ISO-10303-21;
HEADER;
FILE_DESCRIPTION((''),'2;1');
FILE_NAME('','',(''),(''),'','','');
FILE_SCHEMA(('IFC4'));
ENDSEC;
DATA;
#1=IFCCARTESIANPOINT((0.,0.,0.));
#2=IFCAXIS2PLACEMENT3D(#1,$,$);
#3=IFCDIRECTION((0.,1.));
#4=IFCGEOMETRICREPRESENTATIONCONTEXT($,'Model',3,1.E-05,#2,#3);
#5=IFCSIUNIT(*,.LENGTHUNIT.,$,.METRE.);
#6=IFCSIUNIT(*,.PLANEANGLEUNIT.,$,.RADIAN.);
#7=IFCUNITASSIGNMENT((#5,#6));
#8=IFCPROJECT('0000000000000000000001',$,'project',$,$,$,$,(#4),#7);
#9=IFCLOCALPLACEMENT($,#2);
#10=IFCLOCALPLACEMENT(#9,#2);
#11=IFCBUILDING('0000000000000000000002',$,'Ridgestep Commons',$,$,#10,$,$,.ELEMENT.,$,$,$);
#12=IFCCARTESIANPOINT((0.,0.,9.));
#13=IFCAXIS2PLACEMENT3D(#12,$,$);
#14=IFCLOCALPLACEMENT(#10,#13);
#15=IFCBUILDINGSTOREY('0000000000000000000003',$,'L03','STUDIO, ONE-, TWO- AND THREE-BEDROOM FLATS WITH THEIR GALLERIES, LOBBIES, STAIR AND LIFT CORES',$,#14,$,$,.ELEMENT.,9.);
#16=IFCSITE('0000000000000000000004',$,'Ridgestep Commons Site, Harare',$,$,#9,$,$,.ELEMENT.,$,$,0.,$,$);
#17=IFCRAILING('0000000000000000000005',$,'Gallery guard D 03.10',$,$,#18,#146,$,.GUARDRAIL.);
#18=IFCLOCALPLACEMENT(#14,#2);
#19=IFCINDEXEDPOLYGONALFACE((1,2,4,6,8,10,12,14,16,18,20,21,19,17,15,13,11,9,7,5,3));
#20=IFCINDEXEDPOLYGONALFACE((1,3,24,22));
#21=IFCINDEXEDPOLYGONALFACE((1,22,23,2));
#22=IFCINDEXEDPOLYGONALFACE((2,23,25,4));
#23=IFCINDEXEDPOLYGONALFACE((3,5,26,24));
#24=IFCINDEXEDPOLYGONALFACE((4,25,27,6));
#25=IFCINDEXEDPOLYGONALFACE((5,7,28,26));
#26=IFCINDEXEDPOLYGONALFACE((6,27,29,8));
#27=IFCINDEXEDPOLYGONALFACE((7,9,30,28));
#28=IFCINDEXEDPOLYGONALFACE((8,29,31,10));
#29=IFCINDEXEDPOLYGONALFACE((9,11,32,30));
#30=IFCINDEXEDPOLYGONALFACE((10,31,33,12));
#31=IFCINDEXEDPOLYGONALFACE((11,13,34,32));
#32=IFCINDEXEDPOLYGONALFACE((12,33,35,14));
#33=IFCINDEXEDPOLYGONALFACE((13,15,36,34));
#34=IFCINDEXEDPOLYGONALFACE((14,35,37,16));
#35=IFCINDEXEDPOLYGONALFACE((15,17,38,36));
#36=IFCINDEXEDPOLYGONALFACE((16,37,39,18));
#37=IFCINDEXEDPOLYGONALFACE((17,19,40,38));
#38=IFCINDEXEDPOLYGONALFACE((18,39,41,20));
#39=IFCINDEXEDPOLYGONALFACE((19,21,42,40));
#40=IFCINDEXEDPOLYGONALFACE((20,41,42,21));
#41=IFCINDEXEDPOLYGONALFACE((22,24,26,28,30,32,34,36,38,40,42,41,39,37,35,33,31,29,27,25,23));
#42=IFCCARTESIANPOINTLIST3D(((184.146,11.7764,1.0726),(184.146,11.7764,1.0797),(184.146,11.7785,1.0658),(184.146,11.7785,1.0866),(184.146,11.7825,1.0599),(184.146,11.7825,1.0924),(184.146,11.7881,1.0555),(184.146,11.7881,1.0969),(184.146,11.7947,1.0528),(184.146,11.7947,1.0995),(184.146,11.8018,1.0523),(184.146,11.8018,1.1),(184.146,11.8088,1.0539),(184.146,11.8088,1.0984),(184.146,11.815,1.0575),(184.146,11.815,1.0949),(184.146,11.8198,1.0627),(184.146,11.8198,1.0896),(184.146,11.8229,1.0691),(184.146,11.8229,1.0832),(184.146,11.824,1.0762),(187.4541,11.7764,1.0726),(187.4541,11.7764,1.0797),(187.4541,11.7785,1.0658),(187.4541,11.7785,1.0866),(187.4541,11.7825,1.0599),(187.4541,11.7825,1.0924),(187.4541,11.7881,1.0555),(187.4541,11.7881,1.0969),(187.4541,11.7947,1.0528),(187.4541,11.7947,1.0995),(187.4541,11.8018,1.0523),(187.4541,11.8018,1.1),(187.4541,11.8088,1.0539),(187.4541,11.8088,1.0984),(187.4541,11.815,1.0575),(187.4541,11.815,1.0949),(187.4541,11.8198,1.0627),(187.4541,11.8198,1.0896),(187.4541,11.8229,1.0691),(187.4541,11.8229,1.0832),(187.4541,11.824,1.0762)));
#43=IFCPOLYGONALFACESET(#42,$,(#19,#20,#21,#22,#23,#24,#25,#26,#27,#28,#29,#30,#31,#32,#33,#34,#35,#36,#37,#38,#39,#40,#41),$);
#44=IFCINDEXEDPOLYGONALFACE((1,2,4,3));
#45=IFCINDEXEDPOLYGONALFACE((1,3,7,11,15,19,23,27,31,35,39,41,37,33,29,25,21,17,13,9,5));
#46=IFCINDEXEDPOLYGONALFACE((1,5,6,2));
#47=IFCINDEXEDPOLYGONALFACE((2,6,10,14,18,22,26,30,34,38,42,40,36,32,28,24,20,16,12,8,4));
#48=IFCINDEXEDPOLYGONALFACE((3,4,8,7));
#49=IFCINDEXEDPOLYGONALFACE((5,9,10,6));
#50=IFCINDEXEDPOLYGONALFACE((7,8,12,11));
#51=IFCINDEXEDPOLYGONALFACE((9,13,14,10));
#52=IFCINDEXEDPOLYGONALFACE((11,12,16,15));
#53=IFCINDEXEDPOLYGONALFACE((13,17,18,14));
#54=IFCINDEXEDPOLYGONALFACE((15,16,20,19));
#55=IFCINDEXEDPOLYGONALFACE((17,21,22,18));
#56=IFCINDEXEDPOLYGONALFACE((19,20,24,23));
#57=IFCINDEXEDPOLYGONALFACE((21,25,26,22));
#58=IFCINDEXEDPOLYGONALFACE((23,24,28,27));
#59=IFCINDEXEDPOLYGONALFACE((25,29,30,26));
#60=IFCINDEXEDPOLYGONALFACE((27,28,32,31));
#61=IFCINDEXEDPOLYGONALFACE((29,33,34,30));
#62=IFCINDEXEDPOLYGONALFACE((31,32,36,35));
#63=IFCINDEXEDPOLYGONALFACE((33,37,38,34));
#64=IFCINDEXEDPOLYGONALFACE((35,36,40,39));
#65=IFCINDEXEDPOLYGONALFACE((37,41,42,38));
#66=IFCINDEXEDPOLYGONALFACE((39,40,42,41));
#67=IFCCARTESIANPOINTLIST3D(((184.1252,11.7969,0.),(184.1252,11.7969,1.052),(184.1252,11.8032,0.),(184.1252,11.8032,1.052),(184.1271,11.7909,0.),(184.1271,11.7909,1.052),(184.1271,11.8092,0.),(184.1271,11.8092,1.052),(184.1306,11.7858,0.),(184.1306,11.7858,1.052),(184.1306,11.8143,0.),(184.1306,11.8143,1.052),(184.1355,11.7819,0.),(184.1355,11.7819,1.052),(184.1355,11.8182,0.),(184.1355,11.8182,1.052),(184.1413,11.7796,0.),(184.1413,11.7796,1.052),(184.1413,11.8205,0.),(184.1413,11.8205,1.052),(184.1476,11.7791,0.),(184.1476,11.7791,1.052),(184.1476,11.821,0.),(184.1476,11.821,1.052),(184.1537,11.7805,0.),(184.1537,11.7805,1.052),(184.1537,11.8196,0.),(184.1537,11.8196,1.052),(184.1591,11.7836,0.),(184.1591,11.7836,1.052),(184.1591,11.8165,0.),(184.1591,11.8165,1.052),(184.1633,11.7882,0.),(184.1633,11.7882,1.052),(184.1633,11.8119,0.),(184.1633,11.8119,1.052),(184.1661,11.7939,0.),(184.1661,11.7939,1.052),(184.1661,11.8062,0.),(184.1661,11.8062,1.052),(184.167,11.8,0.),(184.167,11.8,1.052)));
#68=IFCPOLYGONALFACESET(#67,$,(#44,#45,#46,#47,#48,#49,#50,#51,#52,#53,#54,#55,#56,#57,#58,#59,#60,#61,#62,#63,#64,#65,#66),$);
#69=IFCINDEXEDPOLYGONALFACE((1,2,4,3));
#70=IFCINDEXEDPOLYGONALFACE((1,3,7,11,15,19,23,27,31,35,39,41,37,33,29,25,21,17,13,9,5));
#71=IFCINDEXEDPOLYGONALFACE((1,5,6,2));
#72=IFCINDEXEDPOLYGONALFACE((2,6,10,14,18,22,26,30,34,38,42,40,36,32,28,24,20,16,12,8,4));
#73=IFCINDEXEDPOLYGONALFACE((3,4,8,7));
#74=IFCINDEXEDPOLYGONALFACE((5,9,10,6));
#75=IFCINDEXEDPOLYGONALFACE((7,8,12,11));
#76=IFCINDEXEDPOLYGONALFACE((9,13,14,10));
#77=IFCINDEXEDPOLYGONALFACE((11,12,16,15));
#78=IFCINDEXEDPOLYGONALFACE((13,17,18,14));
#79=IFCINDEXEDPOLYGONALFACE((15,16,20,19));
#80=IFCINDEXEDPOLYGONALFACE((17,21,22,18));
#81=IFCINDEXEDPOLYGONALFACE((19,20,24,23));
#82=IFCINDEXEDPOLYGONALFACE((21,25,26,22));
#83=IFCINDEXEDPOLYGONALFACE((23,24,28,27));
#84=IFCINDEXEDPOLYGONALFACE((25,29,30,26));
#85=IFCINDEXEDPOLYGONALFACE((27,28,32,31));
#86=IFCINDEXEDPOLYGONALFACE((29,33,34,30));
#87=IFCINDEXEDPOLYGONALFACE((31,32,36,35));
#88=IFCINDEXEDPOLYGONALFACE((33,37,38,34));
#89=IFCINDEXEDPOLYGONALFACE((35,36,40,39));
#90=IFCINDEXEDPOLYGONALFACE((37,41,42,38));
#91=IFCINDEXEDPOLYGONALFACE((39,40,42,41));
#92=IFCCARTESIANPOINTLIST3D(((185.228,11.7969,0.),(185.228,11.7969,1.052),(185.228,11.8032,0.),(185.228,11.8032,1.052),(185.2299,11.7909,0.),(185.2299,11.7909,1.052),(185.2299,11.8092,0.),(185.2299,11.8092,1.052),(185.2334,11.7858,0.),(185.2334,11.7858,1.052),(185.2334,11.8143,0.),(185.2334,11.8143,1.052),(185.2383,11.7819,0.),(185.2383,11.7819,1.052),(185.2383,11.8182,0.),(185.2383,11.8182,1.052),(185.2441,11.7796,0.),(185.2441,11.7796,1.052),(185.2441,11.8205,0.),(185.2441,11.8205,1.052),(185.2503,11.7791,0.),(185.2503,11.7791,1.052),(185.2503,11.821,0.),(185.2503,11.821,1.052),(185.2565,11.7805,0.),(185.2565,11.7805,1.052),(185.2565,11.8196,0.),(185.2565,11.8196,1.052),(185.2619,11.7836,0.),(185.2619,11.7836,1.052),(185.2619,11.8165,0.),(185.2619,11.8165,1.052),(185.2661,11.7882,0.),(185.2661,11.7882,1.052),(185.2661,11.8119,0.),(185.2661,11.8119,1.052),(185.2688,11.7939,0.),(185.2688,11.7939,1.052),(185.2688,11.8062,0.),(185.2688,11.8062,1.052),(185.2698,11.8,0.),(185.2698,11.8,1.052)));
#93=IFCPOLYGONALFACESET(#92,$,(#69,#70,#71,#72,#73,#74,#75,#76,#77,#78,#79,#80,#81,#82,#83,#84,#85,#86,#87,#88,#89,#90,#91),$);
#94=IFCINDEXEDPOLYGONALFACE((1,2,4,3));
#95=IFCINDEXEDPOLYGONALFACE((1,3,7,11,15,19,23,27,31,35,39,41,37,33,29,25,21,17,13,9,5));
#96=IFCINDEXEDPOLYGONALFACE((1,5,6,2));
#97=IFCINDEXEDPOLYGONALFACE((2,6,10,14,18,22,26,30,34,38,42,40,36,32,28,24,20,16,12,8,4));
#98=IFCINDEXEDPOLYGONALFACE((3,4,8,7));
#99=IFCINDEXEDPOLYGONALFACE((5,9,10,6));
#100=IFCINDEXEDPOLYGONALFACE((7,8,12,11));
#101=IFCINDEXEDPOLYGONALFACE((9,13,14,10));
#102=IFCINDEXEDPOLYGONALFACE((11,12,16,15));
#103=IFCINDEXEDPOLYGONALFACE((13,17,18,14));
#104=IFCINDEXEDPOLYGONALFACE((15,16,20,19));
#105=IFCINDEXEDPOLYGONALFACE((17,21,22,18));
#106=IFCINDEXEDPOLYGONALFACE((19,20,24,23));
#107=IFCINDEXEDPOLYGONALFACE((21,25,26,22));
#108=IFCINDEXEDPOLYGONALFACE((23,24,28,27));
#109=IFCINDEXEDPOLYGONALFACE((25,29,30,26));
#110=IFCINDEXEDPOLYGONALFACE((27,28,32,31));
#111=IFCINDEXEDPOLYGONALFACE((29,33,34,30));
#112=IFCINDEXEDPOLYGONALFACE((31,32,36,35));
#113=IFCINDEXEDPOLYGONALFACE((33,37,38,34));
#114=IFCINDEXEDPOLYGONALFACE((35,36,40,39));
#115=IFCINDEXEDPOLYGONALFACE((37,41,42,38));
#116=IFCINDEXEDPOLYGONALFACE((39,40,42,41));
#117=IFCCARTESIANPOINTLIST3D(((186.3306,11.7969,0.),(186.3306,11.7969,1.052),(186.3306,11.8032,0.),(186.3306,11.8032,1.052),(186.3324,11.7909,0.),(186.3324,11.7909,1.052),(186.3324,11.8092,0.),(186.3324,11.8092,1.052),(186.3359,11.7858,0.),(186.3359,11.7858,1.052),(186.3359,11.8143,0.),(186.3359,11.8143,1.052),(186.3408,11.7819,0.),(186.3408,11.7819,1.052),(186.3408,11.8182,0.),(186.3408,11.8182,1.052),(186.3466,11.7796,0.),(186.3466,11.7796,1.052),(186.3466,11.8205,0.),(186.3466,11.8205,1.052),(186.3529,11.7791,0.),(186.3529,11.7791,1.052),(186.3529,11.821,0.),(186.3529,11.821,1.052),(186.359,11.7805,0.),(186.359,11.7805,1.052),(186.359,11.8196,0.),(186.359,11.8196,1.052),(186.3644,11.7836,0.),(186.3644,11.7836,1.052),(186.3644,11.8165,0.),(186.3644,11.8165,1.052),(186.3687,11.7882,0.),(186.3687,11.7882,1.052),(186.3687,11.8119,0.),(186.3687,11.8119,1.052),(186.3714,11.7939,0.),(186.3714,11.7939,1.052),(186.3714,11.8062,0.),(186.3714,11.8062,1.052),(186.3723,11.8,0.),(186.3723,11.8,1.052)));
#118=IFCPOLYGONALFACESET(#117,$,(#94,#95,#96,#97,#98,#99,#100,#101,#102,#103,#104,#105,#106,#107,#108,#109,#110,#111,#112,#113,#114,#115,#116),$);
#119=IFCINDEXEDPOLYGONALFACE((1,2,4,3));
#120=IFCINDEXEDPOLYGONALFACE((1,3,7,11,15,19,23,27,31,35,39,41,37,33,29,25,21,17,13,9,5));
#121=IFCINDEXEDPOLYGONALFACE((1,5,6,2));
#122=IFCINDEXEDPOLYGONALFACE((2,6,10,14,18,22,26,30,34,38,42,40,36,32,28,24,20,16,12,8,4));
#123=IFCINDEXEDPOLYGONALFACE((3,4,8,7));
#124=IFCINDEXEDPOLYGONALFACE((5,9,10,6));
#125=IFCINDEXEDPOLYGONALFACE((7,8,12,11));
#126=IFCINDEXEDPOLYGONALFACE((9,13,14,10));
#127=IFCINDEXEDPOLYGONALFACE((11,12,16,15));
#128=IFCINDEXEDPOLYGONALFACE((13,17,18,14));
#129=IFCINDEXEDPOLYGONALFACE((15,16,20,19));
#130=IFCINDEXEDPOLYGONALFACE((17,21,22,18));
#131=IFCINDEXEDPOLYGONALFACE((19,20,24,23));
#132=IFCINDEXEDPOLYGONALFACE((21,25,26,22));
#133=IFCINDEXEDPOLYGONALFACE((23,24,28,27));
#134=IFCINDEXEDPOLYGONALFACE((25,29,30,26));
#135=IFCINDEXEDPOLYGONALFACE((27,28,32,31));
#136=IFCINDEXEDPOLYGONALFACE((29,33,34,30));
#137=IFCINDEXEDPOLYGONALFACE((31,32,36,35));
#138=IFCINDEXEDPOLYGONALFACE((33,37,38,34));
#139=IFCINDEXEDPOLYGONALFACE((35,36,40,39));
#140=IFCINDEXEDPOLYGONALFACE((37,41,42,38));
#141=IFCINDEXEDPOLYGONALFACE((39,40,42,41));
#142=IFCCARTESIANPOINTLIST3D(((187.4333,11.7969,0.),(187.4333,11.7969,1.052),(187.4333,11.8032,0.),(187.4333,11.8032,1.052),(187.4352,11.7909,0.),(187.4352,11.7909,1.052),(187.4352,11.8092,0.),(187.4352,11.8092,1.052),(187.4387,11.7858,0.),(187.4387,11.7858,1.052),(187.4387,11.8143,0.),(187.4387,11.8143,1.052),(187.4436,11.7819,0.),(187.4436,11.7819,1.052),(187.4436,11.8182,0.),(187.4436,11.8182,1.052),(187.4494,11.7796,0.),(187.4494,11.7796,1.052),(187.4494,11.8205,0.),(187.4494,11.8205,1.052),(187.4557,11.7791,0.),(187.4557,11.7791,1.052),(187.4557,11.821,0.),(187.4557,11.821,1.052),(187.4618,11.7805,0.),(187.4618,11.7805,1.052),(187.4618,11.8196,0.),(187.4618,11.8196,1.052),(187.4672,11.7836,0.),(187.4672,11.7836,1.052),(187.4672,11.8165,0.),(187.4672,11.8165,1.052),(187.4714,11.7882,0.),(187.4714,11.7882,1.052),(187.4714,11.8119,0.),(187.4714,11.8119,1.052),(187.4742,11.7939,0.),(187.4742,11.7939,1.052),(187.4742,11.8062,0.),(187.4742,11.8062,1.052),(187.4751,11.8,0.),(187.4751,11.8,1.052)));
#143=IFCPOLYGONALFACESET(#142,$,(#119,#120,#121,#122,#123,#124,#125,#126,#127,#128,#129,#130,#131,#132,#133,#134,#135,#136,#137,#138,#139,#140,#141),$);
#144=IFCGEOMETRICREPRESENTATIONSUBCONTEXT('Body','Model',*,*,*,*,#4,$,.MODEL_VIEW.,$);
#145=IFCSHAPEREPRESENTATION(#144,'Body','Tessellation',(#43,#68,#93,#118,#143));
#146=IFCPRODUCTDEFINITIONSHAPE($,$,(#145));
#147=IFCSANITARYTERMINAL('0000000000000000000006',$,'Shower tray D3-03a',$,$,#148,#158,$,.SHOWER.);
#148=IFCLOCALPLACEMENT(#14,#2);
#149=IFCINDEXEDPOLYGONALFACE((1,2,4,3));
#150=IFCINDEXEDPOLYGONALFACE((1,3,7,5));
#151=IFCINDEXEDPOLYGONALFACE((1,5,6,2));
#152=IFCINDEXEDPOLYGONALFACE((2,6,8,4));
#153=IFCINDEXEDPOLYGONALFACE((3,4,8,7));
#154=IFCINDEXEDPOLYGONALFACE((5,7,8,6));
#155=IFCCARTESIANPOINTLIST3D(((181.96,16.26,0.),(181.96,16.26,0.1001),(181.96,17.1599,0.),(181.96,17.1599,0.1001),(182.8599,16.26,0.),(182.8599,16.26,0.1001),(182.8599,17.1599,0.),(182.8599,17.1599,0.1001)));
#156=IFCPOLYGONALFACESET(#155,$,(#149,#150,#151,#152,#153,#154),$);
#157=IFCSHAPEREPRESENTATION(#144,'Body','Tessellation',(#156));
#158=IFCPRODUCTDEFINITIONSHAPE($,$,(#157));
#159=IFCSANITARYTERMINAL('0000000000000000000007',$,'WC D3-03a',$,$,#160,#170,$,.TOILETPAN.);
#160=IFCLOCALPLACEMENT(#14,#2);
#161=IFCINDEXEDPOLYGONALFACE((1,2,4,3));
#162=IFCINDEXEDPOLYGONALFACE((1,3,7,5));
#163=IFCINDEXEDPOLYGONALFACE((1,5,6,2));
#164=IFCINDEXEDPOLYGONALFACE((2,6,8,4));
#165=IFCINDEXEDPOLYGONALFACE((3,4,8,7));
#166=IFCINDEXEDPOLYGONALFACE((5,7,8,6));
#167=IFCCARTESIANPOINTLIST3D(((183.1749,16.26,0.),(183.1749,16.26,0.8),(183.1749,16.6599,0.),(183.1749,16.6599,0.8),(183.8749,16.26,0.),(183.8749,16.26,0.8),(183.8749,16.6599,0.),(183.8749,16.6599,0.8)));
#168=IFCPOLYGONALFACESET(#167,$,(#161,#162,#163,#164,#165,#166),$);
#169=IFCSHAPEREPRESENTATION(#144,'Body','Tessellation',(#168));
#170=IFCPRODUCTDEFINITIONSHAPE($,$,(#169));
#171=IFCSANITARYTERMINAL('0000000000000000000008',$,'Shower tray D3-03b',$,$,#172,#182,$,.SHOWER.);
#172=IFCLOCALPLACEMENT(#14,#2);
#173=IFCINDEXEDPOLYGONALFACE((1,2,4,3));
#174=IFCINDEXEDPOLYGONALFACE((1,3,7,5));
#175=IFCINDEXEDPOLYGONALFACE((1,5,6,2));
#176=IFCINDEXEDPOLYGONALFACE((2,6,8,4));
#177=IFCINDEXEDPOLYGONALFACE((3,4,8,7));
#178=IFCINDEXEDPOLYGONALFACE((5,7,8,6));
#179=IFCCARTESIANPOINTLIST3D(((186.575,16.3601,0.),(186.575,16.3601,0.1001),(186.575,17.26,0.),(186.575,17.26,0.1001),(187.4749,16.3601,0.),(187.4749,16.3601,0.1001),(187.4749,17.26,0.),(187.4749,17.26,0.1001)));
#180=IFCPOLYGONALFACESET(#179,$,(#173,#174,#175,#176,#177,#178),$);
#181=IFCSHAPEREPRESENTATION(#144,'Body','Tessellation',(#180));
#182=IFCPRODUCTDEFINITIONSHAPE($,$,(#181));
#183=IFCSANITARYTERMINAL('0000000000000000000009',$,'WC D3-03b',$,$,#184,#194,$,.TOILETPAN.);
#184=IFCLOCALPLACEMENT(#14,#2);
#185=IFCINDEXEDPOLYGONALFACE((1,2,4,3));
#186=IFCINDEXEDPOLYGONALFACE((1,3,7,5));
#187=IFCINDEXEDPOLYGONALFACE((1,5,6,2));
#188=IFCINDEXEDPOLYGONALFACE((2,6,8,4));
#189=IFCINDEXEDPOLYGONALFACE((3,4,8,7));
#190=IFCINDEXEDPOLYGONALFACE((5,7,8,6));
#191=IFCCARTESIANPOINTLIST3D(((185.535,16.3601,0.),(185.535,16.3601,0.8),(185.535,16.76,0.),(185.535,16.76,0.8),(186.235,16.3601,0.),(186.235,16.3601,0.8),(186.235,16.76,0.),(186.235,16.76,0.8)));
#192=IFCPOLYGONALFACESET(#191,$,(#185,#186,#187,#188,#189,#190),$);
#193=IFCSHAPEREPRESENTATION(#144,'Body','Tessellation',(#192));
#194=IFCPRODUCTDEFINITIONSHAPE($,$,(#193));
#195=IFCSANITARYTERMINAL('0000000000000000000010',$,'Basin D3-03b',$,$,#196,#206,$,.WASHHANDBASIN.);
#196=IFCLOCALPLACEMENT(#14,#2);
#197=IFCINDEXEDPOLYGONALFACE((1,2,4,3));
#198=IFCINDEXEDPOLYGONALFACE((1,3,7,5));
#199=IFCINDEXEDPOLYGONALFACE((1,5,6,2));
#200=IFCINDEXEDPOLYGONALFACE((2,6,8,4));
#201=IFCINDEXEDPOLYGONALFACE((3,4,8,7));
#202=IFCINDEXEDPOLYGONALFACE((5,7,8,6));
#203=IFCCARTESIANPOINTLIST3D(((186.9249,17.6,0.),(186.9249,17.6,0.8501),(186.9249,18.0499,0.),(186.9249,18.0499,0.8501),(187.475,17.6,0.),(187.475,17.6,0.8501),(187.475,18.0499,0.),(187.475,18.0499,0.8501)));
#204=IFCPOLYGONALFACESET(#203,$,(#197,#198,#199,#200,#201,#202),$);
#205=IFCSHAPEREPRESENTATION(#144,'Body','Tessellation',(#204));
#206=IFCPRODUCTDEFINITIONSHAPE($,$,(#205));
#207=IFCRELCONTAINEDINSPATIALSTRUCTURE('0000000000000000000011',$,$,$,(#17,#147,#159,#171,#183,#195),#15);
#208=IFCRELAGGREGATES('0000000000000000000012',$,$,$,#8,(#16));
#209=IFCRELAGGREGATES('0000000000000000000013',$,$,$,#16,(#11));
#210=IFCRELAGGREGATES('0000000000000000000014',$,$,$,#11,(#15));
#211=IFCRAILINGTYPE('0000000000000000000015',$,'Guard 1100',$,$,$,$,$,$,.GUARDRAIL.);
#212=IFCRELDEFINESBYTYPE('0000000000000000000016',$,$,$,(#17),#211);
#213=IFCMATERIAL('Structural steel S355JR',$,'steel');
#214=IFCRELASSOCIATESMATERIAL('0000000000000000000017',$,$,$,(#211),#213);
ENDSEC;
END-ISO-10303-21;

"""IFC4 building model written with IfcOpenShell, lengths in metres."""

from ifc_helpers import new_model, si_unit, direction, frame, origin, origin_2d, place, context, subcontext, project, spatial, rectangle, circle, extrude, material, type_object, element, save


model = new_model("IFC4")

# Units and contexts
model_context = context("Model", 3, precision=1e-05, world=origin(), true_north=direction((0.0, 1.0)))
body_context = subcontext(model_context, "Body", "Model", "MODEL_VIEW")
ifc_project = project(units=[si_unit("LENGTHUNIT", "METRE"), si_unit("PLANEANGLEUNIT", "RADIAN")], contexts=[model_context])

# Site, building, storey
site_placement = place(None, origin())
site = spatial("IfcSite", under=ifc_project, at=site_placement, Name="Ridgestep Commons Site, Harare", CompositionType="ELEMENT", RefElevation=0.0)
building_placement = place(site_placement, origin())
building = spatial("IfcBuilding", under=site, at=building_placement, Name="Ridgestep Commons", CompositionType="ELEMENT")
storey_placement = place(building_placement, frame((0.0, 0.0, 9.0)))
storey = spatial("IfcBuildingStorey", under=building, at=storey_placement, Name="L03", Description="STUDIO, ONE-, TWO- AND THREE-BEDROOM FLATS WITH THEIR GALLERIES, LOBBIES, STAIR AND LIFT CORES", CompositionType="ELEMENT", Elevation=9.0)

# Railing
ifc_material_1 = material(Name="Structural steel S355JR", Category="steel")
railing_type = type_object("IfcRailingType", Name="Guard 1100", PredefinedType="GUARDRAIL", material=ifc_material_1)
railing_placement = place(storey_placement, frame((184.146, 11.8, 0.0)))
element("IfcRailing", 1, at=railing_placement, inside=storey, type_object=railing_type, Name="Gallery guard D 03.10", PredefinedType="GUARDRAIL", context=body_context, shape_type="SweptSolid", body=[
    extrude(circle(Radius=0.0239, at=origin_2d()), frame((0.0, 0.0, 1.0762), z_axis=(1.0, 0.0, 0.0), x_axis=(0.0, 1.0, 0.0)), (0.0, 0.0, 1.0), 3.3081),
    extrude(circle(Radius=0.021, at=origin_2d()), origin(), (0.0, 0.0, 1.0), 1.052),
    extrude(circle(Radius=0.021, at=origin_2d()), frame((1.1028, 0.0, 0.0)), (0.0, 0.0, 1.0), 1.052),
    extrude(circle(Radius=0.021, at=origin_2d()), frame((2.2053, 0.0, 0.0)), (0.0, 0.0, 1.0), 1.052),
    extrude(circle(Radius=0.021, at=origin_2d()), frame((3.3081, 0.0, 0.0)), (0.0, 0.0, 1.0), 1.052),
])

# Sanitary terminals
sanitary_terminal_1_placement = place(storey_placement, frame((182.4099, 16.71, 0.0), z_axis=(0.0, 0.0, 1.0), x_axis=(1.0, 0.0, 0.0)))
element("IfcSanitaryTerminal", 2, at=sanitary_terminal_1_placement, inside=storey, Name="Shower tray D3-03a", PredefinedType="SHOWER", context=body_context, shape_type="SweptSolid", body=[
    extrude(rectangle(XDim=0.8999, YDim=0.8999, at=origin_2d()), origin(), (0.0, 0.0, 1.0), 0.1001),
])
sanitary_terminal_2_placement = place(storey_placement, frame((183.5249, 16.46, 0.0), z_axis=(0.0, 0.0, 1.0), x_axis=(1.0, 0.0, 0.0)))
element("IfcSanitaryTerminal", 3, at=sanitary_terminal_2_placement, inside=storey, Name="WC D3-03a", PredefinedType="TOILETPAN", context=body_context, shape_type="SweptSolid", body=[
    extrude(rectangle(XDim=0.7, YDim=0.3999, at=origin_2d()), origin(), (0.0, 0.0, 1.0), 0.8),
])
sanitary_terminal_3_placement = place(storey_placement, frame((187.0249, 16.8101, 0.0), z_axis=(0.0, 0.0, 1.0), x_axis=(1.0, 0.0, 0.0)))
element("IfcSanitaryTerminal", 4, at=sanitary_terminal_3_placement, inside=storey, Name="Shower tray D3-03b", PredefinedType="SHOWER", context=body_context, shape_type="SweptSolid", body=[
    extrude(rectangle(XDim=0.8999, YDim=0.8999, at=origin_2d()), origin(), (0.0, 0.0, 1.0), 0.1001),
])
sanitary_terminal_4_placement = place(storey_placement, frame((185.885, 16.5601, 0.0), z_axis=(0.0, 0.0, 1.0), x_axis=(1.0, 0.0, 0.0)))
element("IfcSanitaryTerminal", 5, at=sanitary_terminal_4_placement, inside=storey, Name="WC D3-03b", PredefinedType="TOILETPAN", context=body_context, shape_type="SweptSolid", body=[
    extrude(rectangle(XDim=0.7, YDim=0.3999, at=origin_2d()), origin(), (0.0, 0.0, 1.0), 0.8),
])
sanitary_terminal_5_placement = place(storey_placement, frame((187.2, 17.825, 0.0), z_axis=(0.0, 0.0, 1.0), x_axis=(1.0, 0.0, 0.0)))
element("IfcSanitaryTerminal", 6, at=sanitary_terminal_5_placement, inside=storey, Name="Basin D3-03b", PredefinedType="WASHHANDBASIN", context=body_context, shape_type="SweptSolid", body=[
    extrude(rectangle(XDim=0.55, YDim=0.45, at=origin_2d()), origin(), (0.0, 0.0, 1.0), 0.8501),
])

save(model, "model.ifc")
